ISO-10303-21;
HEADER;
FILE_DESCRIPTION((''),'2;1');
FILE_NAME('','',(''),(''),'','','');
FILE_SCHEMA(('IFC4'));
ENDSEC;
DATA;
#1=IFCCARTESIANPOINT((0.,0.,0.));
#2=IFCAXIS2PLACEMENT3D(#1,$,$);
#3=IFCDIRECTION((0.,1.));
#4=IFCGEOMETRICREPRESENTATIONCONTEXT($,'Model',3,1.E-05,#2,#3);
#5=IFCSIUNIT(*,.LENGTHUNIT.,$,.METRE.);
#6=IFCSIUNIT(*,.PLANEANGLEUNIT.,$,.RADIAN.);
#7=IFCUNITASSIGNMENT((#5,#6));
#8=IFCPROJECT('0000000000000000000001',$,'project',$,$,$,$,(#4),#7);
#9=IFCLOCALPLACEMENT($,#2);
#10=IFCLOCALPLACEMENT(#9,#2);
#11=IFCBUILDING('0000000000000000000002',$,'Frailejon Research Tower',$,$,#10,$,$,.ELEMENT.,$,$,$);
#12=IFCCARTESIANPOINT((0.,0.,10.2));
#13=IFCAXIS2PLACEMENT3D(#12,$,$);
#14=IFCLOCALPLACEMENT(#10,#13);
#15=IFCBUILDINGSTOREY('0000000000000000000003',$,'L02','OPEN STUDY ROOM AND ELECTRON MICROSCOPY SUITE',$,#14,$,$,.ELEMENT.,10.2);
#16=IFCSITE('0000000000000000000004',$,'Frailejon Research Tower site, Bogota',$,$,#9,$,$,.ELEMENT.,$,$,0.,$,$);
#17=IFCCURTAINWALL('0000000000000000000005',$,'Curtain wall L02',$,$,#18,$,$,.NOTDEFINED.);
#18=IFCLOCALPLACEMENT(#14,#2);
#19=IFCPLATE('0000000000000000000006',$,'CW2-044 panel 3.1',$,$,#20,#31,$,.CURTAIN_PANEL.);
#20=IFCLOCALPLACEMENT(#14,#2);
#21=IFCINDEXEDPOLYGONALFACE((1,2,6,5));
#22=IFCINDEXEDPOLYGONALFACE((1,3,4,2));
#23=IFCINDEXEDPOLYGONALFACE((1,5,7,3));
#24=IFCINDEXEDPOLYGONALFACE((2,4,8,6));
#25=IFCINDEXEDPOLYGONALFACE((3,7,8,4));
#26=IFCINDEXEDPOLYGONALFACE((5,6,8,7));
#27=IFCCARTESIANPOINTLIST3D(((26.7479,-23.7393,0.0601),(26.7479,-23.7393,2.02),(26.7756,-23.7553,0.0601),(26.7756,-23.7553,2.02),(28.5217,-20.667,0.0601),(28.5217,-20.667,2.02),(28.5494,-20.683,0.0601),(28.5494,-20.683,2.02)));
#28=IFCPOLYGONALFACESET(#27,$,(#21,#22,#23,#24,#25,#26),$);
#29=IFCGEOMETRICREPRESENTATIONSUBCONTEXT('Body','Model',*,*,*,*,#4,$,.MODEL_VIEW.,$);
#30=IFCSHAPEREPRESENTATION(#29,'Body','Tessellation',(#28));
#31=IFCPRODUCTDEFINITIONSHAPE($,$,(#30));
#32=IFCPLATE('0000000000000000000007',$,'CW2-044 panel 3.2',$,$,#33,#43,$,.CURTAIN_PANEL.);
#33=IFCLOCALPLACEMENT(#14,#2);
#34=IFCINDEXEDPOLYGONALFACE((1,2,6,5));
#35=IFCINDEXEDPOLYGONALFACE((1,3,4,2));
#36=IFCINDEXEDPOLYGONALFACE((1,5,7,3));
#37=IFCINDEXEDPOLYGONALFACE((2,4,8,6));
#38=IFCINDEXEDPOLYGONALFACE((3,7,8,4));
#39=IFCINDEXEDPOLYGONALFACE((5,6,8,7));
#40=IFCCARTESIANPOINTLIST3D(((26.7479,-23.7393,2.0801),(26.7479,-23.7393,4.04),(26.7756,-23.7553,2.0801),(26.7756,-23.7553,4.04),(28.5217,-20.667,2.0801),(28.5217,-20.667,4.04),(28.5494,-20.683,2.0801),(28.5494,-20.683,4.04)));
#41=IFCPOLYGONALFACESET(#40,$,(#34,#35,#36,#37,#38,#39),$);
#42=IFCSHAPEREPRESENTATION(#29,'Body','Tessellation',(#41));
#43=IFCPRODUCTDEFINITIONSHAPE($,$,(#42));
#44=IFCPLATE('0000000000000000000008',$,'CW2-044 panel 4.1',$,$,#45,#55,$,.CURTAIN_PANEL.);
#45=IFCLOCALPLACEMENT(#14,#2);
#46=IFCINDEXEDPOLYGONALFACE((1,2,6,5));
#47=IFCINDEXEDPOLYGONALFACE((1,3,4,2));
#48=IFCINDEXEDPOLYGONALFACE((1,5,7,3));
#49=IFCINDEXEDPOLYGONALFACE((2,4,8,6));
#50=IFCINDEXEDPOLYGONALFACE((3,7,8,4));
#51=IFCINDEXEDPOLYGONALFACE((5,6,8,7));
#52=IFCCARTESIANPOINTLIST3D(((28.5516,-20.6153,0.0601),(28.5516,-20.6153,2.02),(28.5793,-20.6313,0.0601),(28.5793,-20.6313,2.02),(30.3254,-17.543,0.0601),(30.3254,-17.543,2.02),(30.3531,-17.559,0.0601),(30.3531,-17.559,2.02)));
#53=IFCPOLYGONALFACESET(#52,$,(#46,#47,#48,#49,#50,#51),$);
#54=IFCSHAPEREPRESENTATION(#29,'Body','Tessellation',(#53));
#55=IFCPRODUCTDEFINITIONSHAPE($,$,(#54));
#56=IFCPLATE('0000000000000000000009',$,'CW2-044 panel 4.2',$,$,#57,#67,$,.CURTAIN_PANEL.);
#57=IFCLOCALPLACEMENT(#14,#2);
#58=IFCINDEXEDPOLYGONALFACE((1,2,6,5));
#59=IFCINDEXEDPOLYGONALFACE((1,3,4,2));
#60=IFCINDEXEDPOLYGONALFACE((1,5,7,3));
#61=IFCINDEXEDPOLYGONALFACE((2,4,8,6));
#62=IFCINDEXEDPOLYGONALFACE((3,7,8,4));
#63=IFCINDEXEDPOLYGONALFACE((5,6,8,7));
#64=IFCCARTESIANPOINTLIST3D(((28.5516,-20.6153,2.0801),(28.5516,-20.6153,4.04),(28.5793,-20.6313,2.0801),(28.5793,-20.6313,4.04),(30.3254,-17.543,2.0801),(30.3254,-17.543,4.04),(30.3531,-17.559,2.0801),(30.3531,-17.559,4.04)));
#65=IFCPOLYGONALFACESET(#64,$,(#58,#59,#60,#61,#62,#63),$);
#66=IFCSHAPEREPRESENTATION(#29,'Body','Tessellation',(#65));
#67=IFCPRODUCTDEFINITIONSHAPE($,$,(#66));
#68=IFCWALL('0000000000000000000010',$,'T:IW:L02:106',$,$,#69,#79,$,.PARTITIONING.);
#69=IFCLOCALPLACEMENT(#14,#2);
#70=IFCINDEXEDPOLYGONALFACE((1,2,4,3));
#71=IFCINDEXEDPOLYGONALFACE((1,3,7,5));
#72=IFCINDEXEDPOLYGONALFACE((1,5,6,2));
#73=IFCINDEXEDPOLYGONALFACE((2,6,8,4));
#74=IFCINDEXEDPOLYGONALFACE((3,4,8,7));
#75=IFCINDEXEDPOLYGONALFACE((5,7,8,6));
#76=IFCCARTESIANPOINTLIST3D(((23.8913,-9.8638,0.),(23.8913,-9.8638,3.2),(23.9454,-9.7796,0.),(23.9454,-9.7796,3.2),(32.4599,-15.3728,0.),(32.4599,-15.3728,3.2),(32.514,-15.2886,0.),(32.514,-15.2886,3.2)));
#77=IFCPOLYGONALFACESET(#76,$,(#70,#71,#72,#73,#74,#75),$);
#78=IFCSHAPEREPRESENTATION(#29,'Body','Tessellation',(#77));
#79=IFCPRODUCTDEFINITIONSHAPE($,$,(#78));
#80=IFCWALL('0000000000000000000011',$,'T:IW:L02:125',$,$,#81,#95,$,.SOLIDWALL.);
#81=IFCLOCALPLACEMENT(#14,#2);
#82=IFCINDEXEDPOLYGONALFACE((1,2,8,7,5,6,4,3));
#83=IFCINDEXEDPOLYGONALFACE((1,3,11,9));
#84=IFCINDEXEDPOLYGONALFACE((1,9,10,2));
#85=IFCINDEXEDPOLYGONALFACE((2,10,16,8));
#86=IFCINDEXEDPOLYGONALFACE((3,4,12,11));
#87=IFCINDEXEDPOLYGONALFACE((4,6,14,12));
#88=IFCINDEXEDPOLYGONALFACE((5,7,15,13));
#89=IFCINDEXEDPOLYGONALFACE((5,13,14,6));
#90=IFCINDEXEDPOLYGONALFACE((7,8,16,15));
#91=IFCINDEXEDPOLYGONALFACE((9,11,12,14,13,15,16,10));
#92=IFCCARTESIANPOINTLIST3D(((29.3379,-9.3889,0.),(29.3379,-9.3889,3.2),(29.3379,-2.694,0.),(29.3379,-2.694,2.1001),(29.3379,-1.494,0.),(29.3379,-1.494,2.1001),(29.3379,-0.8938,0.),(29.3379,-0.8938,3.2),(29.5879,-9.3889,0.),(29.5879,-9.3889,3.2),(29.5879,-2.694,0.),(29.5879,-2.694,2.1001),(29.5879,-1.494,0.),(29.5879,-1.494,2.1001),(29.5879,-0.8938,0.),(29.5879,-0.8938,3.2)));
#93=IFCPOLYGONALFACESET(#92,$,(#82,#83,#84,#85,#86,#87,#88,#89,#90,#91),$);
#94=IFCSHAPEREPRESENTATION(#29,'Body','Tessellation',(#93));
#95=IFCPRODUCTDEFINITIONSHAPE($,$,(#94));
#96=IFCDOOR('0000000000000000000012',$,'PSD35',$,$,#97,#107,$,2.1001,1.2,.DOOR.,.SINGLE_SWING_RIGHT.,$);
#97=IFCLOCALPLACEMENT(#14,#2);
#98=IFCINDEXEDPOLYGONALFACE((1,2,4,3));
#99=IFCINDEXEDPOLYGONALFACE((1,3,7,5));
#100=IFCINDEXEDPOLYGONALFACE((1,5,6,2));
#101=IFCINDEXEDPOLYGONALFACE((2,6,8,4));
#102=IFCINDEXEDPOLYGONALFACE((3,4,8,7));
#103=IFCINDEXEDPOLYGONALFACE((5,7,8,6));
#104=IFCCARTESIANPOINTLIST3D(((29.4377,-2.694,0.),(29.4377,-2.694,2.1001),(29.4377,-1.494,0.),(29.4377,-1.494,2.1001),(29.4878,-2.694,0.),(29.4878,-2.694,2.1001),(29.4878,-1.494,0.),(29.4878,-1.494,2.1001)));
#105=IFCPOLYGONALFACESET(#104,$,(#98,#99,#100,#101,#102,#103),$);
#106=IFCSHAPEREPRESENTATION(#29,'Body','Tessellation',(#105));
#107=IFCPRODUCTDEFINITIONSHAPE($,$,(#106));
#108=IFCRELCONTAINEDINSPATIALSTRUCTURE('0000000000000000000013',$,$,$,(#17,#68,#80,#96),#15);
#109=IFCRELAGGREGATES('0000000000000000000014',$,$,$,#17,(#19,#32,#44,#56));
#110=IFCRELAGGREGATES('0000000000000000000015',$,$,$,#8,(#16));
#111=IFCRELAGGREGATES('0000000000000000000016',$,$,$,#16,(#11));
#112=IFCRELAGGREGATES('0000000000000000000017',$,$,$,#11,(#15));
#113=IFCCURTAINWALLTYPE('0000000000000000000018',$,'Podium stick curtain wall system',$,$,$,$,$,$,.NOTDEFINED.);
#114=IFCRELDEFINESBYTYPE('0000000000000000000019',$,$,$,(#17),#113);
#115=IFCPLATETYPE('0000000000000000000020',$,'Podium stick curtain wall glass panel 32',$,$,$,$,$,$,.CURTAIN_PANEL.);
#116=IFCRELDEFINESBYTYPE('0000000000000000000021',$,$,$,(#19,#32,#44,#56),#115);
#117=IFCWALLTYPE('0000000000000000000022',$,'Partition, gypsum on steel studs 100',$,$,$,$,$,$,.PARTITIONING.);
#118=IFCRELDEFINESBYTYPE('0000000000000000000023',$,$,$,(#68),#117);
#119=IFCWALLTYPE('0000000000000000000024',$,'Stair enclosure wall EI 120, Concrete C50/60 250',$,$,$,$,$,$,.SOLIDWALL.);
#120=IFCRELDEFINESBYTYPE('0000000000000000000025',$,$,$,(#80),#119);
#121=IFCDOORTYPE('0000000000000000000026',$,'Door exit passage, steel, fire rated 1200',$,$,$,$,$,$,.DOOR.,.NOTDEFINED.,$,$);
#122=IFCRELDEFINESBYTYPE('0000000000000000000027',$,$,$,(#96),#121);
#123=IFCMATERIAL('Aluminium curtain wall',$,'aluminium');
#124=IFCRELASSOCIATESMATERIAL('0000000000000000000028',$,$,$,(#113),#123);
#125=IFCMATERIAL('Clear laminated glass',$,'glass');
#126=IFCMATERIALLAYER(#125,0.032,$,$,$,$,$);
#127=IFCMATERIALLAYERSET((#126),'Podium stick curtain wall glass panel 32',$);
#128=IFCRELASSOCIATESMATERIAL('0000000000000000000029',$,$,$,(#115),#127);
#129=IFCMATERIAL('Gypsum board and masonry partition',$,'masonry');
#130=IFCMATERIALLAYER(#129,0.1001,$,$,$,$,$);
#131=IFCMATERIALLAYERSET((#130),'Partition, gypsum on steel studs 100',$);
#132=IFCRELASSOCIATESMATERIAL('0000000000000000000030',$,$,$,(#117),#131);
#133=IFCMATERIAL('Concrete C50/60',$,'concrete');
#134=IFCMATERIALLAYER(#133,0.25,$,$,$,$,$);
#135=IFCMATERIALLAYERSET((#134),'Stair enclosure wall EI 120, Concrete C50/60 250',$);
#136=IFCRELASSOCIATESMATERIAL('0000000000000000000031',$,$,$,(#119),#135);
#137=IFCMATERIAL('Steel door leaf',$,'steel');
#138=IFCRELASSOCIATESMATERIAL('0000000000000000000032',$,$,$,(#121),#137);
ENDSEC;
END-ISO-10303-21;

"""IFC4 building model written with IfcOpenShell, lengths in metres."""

from ifc_helpers import new_model, si_unit, direction, frame, frame_2d, origin, origin_2d, place, context, subcontext, project, spatial, rectangle, extrude, material, layer, layer_set, type_object, element, fill, aggregate, save


model = new_model("IFC4")

# Units and contexts
model_context = context("Model", 3, precision=1e-05, world=origin(), true_north=direction((0.0, 1.0)))
body_context = subcontext(model_context, "Body", "Model", "MODEL_VIEW")
ifc_project = project(units=[si_unit("LENGTHUNIT", "METRE"), si_unit("PLANEANGLEUNIT", "RADIAN")], contexts=[model_context])

# Site, building, storey
site_placement = place(None, origin())
site = spatial("IfcSite", under=ifc_project, at=site_placement, Name="Frailejon Research Tower site, Bogota", CompositionType="ELEMENT", RefElevation=0.0)
building_placement = place(site_placement, origin())
building = spatial("IfcBuilding", under=site, at=building_placement, Name="Frailejon Research Tower", CompositionType="ELEMENT")
storey_placement = place(building_placement, frame((0.0, 0.0, 10.2)))
storey = spatial("IfcBuildingStorey", under=building, at=storey_placement, Name="L02", Description="OPEN STUDY ROOM AND ELECTRON MICROSCOPY SUITE", CompositionType="ELEMENT", Elevation=10.2)

# Curtain wall, plates
ifc_material_1 = material(Name="Aluminium curtain wall", Category="aluminium")
curtain_wall_type = type_object("IfcCurtainWallType", Name="Podium stick curtain wall system", PredefinedType="NOTDEFINED", material=ifc_material_1)
curtain_wall_placement = place(storey_placement, origin())
curtain_wall = element("IfcCurtainWall", 1, at=curtain_wall_placement, inside=storey, type_object=curtain_wall_type, Name="Curtain wall L02", PredefinedType="NOTDEFINED")
ifc_material_2 = material(Name="Clear laminated glass", Category="glass")
ifc_layer_1 = layer(ifc_material_2, 0.032)
ifc_layer_set_1 = layer_set([ifc_layer_1], Name="Podium stick curtain wall glass panel 32")
plate_type = type_object("IfcPlateType", Name="Podium stick curtain wall glass panel 32", PredefinedType="CURTAIN_PANEL", material=ifc_layer_set_1)
plate_1_placement = place(storey_placement, frame((27.6487, -22.2112, 0.0601), z_axis=(0.0, 0.0, 1.0), x_axis=(0.499998, 0.866026, 0.0)))
plate_1 = element("IfcPlate", 2, at=plate_1_placement, type_object=plate_type, Name="CW2-044 panel 3.1", PredefinedType="CURTAIN_PANEL", context=body_context, shape_type="SweptSolid", body=[
    extrude(rectangle(XDim=3.5476, YDim=0.032, at=origin_2d()), origin(), (0.0, 0.0, 1.0), 1.96),
])
plate_2_placement = place(storey_placement, frame((27.6487, -22.2112, 2.0801), z_axis=(0.0, 0.0, 1.0), x_axis=(0.499998, 0.866026, 0.0)))
plate_2 = element("IfcPlate", 3, at=plate_2_placement, type_object=plate_type, Name="CW2-044 panel 3.2", PredefinedType="CURTAIN_PANEL", context=body_context, shape_type="SweptSolid", body=[
    extrude(rectangle(XDim=3.5476, YDim=0.032, at=origin_2d()), origin(), (0.0, 0.0, 1.0), 1.96),
])
plate_3_placement = place(storey_placement, frame((29.4524, -19.0872, 0.0601), z_axis=(0.0, 0.0, 1.0), x_axis=(0.499998, 0.866026, 0.0)))
plate_3 = element("IfcPlate", 4, at=plate_3_placement, type_object=plate_type, Name="CW2-044 panel 4.1", PredefinedType="CURTAIN_PANEL", context=body_context, shape_type="SweptSolid", body=[
    extrude(rectangle(XDim=3.5476, YDim=0.032, at=origin_2d()), origin(), (0.0, 0.0, 1.0), 1.96),
])
plate_4_placement = place(storey_placement, frame((29.4524, -19.0872, 2.0801), z_axis=(0.0, 0.0, 1.0), x_axis=(0.499998, 0.866026, 0.0)))
plate_4 = element("IfcPlate", 5, at=plate_4_placement, type_object=plate_type, Name="CW2-044 panel 4.2", PredefinedType="CURTAIN_PANEL", context=body_context, shape_type="SweptSolid", body=[
    extrude(rectangle(XDim=3.5476, YDim=0.032, at=origin_2d()), origin(), (0.0, 0.0, 1.0), 1.96),
])
aggregate(curtain_wall, [plate_1, plate_2, plate_3, plate_4])

# Wall
ifc_material_3 = material(Name="Gypsum board and masonry partition", Category="masonry")
ifc_layer_2 = layer(ifc_material_3, 0.1001)
ifc_layer_set_2 = layer_set([ifc_layer_2], Name="Partition, gypsum on steel studs 100")
wall_type_1 = type_object("IfcWallType", Name="Partition, gypsum on steel studs 100", PredefinedType="PARTITIONING", material=ifc_layer_set_2)
wall_1_placement = place(storey_placement, frame((23.9185, -9.8218, 0.0), z_axis=(0.0, 0.0, 1.0), x_axis=(0.84115, -0.540802, 0.0)))
element("IfcWall", 6, at=wall_1_placement, inside=storey, type_object=wall_type_1, Name="T:IW:L02:106", PredefinedType="PARTITIONING", context=body_context, shape_type="SweptSolid", body=[
    extrude(rectangle(XDim=10.1868, YDim=0.1001, at=frame_2d((5.0933, 0.0))), origin(), (0.0, 0.0, 1.0), 3.2),
])

# Wall, opening, door
ifc_material_4 = material(Name="Concrete C50/60", Category="concrete")
ifc_layer_3 = layer(ifc_material_4, 0.25)
ifc_layer_set_3 = layer_set([ifc_layer_3], Name="Stair enclosure wall EI 120, Concrete C50/60 250")
wall_type_2 = type_object("IfcWallType", Name="Stair enclosure wall EI 120, Concrete C50/60 250", PredefinedType="SOLIDWALL", material=ifc_layer_set_3)
wall_2_placement = place(storey_placement, frame((29.4629, -9.3889, 0.0), z_axis=(0.0, 0.0, 1.0), x_axis=(0.0, 1.0, 0.0)))
wall_2 = element("IfcWall", 7, at=wall_2_placement, inside=storey, type_object=wall_type_2, Name="T:IW:L02:125", PredefinedType="SOLIDWALL", context=body_context, shape_type="SweptSolid", body=[
    extrude(rectangle(XDim=8.4951, YDim=0.25, at=frame_2d((4.2476, 0.0))), origin(), (0.0, 0.0, 1.0), 3.2),
])
opening_placement = place(wall_2_placement, frame((7.895, 0.0, 0.0), z_axis=(0.0, 0.0, 1.0), x_axis=(-1.0, 0.0, 0.0)))
opening = element("IfcOpeningElement", 8, at=opening_placement, cuts=wall_2, PredefinedType="OPENING", context=body_context, shape_type="SweptSolid", body=[
    extrude(rectangle(XDim=1.2, YDim=2.1001, at=frame_2d((0.6001, 1.05))), frame((0.0, 0.135, 0.0), z_axis=(0.0, -1.0, 0.0), x_axis=(1.0, 0.0, 0.0)), (0.0, 0.0, 1.0), 0.27),
])
ifc_material_5 = material(Name="Steel door leaf", Category="steel")
door_type = type_object("IfcDoorType", Name="Door exit passage, steel, fire rated 1200", OperationType="NOTDEFINED", PredefinedType="DOOR", material=ifc_material_5)
door_placement = place(opening_placement, origin())
door = element("IfcDoor", 9, at=door_placement, inside=storey, type_object=door_type, Name="PSD35", OperationType="SINGLE_SWING_RIGHT", OverallHeight=2.1001, OverallWidth=1.2, PredefinedType="DOOR", context=body_context, shape_type="SweptSolid", body=[
    extrude(rectangle(XDim=1.2, YDim=2.1001, at=frame_2d((0.6001, 1.05))), frame((0.0, 0.0249, 0.0), z_axis=(0.0, -1.0, 0.0), x_axis=(1.0, 0.0, 0.0)), (0.0, 0.0, 1.0), 0.05),
])
fill(opening, door)

save(model, "model.ifc")
